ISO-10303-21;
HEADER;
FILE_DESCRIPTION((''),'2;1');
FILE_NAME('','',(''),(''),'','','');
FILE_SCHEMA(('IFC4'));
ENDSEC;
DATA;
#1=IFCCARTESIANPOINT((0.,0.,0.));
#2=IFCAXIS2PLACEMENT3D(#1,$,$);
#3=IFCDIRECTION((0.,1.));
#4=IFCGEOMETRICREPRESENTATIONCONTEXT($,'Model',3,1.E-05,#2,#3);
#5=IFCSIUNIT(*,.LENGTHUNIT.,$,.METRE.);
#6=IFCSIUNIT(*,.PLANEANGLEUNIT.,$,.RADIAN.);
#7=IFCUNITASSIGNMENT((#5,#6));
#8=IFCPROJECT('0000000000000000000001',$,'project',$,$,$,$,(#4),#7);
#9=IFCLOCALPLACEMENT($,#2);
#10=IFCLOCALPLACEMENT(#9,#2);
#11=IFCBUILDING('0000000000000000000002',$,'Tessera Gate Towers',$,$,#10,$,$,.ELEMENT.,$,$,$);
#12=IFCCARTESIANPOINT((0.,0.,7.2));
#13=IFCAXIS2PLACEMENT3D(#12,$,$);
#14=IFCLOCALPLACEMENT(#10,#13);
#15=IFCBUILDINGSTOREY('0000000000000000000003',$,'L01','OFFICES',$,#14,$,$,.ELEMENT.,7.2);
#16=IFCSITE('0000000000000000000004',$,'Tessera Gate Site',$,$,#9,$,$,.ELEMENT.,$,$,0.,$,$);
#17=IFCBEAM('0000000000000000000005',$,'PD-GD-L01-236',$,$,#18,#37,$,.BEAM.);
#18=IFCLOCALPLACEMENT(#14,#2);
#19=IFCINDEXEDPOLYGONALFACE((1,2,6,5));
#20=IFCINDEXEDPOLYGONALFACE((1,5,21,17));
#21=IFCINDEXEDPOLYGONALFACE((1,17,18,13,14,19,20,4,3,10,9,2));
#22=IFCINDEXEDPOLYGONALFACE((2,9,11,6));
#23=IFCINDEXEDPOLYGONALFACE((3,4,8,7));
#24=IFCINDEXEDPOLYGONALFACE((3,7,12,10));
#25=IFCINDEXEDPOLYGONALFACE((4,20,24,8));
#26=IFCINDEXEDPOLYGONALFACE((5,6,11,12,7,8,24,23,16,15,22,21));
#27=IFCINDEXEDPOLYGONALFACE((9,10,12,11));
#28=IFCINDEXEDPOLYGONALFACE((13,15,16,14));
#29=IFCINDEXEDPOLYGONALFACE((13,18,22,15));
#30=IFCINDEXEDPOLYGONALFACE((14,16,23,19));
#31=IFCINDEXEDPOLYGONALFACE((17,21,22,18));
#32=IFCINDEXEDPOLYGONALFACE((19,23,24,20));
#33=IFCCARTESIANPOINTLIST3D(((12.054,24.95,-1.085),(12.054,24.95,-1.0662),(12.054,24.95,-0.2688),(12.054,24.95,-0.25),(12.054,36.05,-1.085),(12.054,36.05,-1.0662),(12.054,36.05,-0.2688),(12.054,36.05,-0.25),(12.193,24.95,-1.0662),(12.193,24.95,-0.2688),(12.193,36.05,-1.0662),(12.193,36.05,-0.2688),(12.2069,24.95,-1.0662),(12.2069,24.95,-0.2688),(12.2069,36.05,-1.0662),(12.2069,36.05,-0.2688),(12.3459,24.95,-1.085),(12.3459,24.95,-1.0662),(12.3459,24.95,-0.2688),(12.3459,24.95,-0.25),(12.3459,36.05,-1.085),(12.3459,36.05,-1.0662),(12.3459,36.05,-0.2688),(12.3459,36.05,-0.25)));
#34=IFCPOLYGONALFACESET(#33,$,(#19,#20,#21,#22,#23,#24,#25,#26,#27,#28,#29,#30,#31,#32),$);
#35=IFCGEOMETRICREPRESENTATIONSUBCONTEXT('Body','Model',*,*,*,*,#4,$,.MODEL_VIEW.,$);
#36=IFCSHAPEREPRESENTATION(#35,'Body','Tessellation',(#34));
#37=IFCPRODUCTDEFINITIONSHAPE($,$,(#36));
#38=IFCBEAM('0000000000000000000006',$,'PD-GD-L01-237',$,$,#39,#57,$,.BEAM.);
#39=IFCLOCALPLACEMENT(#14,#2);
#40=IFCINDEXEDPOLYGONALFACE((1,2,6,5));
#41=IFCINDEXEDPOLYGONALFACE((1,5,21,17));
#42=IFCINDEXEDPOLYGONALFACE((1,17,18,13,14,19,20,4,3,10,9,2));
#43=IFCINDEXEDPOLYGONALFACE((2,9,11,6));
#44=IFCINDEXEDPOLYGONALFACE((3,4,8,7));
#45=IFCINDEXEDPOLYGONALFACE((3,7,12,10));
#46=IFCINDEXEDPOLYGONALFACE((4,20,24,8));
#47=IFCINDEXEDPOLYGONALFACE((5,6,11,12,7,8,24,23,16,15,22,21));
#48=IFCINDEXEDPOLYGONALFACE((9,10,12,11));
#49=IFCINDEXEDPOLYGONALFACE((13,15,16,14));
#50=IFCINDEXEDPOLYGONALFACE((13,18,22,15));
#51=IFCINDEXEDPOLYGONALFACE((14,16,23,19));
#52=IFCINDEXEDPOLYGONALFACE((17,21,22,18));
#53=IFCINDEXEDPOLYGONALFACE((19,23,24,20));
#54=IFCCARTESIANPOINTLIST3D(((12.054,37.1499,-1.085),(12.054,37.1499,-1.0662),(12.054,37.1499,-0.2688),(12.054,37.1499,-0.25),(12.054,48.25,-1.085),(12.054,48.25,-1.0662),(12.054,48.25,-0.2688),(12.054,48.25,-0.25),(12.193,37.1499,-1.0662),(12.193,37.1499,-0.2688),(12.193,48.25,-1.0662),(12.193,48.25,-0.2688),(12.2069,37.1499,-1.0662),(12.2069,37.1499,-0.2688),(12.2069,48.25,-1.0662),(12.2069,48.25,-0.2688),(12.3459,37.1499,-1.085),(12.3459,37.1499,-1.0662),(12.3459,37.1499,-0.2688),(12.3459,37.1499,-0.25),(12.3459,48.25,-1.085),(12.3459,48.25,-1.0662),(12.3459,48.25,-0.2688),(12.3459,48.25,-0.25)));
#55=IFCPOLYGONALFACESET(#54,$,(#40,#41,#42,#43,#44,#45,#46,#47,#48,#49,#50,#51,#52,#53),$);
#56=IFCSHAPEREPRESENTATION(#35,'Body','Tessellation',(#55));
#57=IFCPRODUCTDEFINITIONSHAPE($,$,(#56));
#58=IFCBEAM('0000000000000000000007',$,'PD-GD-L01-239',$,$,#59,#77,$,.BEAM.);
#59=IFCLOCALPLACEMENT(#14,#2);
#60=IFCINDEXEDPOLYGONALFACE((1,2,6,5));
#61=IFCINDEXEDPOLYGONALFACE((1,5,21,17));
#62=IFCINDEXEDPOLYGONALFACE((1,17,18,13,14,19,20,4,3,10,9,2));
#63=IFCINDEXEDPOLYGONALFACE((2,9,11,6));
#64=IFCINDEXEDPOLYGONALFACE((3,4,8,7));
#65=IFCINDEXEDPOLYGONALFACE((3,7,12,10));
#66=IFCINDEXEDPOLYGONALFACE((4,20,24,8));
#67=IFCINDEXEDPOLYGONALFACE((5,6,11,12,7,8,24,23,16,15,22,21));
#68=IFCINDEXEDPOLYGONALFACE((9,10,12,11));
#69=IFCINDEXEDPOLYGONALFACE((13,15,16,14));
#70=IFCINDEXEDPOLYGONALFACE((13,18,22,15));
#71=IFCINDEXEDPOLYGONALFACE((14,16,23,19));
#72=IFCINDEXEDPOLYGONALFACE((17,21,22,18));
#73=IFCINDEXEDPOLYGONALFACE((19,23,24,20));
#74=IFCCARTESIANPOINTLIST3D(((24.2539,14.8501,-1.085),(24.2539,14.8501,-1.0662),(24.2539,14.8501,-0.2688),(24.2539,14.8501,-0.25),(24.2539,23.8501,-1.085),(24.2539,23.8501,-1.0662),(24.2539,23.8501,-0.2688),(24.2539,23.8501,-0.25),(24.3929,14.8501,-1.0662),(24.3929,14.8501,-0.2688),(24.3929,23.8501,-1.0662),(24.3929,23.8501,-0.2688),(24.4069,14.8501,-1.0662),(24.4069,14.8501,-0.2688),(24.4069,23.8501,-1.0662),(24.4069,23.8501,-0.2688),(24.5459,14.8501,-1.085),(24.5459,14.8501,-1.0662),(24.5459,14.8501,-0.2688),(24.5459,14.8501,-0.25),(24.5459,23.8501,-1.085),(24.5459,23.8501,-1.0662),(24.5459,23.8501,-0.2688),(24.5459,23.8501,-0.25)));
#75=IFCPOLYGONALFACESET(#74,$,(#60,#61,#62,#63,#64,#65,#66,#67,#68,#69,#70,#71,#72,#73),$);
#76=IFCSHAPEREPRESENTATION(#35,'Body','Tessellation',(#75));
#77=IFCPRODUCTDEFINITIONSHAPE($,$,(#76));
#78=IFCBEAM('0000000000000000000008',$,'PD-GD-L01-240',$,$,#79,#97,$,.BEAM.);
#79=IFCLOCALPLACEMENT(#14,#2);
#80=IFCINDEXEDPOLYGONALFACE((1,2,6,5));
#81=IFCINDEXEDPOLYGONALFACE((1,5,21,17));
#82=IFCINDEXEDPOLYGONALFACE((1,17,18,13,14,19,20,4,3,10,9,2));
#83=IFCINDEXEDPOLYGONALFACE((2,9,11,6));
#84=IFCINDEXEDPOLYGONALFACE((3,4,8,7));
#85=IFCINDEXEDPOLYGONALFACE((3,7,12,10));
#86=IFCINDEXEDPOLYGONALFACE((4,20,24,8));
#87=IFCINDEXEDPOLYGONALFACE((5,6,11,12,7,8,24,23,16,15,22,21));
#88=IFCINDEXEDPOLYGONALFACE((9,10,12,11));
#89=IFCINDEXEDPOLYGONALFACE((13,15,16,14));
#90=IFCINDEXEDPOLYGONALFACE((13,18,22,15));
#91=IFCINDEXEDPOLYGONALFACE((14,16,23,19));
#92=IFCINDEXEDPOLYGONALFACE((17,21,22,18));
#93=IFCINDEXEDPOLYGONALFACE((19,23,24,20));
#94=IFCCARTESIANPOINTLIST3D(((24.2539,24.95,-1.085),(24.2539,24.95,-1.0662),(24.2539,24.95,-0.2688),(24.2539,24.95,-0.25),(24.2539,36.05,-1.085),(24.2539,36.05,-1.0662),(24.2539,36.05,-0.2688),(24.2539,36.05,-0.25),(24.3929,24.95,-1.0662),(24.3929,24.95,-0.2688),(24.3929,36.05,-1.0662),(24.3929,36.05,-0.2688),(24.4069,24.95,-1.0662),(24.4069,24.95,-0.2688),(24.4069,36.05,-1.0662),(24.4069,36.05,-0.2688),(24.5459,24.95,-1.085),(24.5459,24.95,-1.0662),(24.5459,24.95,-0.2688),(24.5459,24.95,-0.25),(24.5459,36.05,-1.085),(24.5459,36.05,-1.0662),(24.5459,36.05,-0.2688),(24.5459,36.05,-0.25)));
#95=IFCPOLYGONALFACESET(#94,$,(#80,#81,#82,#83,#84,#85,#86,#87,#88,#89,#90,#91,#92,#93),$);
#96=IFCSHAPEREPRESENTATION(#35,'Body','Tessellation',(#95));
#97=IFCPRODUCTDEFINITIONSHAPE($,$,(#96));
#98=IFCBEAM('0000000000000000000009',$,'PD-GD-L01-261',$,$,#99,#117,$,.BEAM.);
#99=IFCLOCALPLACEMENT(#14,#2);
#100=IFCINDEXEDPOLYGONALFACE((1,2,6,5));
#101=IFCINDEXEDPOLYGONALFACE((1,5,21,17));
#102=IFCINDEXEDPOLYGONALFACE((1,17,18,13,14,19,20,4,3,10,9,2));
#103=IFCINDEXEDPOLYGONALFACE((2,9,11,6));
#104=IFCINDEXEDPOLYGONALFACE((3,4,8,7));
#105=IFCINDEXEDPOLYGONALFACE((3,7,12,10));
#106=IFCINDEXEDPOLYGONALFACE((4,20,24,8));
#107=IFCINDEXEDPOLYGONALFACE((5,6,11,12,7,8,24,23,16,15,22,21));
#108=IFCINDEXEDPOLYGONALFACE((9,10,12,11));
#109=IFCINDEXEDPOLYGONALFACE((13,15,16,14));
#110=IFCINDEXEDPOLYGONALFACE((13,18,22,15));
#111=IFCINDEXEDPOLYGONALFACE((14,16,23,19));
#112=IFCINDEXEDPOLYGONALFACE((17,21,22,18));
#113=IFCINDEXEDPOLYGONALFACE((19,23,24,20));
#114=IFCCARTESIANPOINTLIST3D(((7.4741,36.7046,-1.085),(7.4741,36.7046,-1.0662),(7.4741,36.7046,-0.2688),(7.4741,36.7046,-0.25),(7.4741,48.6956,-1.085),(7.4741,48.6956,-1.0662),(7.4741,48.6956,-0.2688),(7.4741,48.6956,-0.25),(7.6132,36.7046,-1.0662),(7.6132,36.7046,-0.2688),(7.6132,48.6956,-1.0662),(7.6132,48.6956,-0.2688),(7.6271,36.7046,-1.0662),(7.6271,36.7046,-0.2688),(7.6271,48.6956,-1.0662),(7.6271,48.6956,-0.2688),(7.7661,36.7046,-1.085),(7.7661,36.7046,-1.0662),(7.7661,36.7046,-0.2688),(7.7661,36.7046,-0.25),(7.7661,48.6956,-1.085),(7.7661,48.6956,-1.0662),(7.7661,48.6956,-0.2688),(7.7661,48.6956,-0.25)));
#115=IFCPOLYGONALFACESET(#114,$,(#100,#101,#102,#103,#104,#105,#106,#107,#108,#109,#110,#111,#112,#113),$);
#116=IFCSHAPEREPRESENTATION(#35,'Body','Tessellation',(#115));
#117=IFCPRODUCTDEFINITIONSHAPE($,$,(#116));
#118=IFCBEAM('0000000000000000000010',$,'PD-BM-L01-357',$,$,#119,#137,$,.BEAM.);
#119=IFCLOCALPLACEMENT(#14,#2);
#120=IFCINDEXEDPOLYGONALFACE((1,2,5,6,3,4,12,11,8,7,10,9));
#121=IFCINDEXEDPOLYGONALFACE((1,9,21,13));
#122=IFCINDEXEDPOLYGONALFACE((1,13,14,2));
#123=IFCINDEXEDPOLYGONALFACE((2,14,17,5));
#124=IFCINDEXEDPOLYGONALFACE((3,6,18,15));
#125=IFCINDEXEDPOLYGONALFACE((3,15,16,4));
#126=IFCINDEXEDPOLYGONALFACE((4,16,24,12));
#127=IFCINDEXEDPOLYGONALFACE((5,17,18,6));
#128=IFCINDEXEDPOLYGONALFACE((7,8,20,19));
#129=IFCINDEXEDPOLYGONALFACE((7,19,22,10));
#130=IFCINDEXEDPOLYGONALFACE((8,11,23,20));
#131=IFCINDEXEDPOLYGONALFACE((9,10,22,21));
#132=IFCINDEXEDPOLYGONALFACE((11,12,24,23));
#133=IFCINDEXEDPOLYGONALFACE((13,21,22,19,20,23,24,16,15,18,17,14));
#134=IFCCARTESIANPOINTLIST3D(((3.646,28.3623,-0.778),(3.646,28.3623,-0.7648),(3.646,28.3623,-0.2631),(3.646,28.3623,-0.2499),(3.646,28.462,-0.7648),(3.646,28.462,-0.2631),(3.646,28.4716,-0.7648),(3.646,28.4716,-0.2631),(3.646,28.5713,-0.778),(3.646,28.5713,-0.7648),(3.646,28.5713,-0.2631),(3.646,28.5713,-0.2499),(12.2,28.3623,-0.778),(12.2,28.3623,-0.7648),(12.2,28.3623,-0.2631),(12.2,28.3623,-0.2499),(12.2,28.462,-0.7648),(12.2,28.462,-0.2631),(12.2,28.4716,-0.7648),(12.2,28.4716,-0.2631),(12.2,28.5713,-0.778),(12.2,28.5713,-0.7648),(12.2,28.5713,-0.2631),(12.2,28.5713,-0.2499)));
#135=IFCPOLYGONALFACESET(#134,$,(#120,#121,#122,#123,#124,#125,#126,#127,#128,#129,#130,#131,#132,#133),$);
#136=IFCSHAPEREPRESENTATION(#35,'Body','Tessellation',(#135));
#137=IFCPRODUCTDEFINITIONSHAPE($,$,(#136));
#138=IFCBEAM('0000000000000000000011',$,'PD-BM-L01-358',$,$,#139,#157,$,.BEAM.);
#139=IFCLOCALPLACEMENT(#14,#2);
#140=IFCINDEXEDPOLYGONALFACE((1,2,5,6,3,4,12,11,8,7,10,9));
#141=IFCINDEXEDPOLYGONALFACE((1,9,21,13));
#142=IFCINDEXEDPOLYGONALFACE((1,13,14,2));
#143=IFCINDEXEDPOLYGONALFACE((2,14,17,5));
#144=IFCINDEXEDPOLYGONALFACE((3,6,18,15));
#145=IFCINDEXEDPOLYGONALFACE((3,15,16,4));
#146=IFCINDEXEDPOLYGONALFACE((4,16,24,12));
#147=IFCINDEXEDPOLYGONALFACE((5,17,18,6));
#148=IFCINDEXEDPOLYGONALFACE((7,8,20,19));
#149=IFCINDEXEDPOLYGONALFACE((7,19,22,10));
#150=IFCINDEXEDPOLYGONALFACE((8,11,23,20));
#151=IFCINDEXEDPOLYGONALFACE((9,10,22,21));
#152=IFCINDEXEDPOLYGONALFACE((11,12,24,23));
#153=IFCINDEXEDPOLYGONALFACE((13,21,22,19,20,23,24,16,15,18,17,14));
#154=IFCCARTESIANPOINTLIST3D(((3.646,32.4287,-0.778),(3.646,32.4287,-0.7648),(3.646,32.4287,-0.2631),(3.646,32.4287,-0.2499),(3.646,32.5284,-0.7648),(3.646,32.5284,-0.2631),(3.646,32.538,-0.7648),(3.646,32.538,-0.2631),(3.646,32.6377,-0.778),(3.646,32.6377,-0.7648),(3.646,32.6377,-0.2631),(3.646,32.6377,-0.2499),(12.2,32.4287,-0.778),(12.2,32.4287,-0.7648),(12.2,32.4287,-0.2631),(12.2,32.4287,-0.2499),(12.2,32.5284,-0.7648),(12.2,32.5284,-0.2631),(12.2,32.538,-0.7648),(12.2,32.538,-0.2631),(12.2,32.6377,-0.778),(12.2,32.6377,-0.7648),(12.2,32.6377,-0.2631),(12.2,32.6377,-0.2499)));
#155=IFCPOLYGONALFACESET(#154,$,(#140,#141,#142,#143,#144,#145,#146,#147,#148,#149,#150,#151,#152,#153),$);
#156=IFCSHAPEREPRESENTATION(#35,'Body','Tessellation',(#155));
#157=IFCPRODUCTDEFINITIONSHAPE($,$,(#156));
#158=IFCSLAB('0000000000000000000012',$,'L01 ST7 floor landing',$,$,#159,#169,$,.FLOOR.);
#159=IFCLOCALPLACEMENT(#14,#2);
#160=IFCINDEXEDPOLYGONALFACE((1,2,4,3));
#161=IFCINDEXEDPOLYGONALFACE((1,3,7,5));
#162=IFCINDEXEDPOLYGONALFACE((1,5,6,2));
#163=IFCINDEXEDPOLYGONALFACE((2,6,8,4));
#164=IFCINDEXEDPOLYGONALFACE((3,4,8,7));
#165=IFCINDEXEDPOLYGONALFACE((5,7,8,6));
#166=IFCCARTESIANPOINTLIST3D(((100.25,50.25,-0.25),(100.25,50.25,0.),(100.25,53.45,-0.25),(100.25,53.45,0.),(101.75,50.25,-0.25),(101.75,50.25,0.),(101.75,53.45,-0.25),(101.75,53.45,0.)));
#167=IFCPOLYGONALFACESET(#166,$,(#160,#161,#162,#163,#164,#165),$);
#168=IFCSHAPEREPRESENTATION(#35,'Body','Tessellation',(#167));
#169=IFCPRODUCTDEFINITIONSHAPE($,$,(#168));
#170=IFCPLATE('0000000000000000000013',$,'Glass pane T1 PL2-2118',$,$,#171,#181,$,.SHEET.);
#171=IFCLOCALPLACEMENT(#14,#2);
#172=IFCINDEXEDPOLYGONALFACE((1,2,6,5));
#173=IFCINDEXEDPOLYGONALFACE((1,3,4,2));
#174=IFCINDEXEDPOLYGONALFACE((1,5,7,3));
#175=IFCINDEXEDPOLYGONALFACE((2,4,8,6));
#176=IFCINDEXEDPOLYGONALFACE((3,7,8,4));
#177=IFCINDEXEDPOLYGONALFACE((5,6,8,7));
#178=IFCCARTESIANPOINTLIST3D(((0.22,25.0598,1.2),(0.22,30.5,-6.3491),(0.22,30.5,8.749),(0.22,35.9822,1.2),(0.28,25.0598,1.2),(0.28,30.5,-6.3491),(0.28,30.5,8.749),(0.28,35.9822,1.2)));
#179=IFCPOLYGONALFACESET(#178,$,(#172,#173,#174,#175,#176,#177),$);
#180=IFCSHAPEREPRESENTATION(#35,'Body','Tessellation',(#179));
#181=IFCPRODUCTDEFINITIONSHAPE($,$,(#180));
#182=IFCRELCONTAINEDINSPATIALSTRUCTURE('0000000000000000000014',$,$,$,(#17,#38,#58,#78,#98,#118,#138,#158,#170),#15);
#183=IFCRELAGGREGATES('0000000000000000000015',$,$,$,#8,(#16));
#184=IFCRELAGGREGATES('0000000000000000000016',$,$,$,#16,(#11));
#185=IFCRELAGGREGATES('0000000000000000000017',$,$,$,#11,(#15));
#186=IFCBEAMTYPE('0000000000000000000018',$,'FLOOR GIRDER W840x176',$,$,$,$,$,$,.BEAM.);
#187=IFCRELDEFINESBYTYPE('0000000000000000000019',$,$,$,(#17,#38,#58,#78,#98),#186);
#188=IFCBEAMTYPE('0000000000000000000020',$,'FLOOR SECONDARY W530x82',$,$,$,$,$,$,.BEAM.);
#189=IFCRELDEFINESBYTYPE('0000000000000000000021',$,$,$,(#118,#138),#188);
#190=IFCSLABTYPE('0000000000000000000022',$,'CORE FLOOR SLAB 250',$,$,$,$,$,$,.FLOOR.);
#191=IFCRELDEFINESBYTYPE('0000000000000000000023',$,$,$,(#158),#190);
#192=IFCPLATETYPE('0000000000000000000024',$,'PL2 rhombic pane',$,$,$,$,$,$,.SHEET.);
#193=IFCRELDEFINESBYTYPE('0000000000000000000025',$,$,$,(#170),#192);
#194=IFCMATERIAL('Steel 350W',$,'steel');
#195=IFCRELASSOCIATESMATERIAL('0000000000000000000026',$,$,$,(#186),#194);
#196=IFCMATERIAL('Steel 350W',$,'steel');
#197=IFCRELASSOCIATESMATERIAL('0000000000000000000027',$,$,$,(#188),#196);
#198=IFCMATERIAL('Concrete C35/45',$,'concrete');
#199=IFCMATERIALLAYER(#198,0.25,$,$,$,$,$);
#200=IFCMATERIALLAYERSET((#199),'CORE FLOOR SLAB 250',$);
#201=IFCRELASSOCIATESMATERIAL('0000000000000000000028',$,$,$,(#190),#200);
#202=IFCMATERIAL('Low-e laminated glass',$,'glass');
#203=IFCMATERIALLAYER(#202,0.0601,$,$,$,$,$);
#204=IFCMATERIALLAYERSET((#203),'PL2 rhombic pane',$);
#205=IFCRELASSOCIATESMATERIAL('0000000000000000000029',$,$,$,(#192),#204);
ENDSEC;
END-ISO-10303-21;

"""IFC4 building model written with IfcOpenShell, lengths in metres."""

from ifc_helpers import new_model, si_unit, direction, frame, origin, origin_2d, place, context, subcontext, project, spatial, polyline, i_section, outline, extrude, source, transform, mapped, material, layer, layer_set, material_profile, profile_set, type_object, element, save


model = new_model("IFC4")

# Units and contexts
model_context = context("Model", 3, precision=1e-05, world=origin(), true_north=direction((0.0, 1.0)))
body_context = subcontext(model_context, "Body", "Model", "MODEL_VIEW")
ifc_project = project(units=[si_unit("LENGTHUNIT", "METRE"), si_unit("PLANEANGLEUNIT", "RADIAN")], contexts=[model_context])

# Site, building, storey
site_placement = place(None, origin())
site = spatial("IfcSite", under=ifc_project, at=site_placement, Name="Tessera Gate Site", CompositionType="ELEMENT", RefElevation=0.0)
building_placement = place(site_placement, origin())
building = spatial("IfcBuilding", under=site, at=building_placement, Name="Tessera Gate Towers", CompositionType="ELEMENT")
storey_placement = place(building_placement, frame((0.0, 0.0, 7.2)))
storey = spatial("IfcBuildingStorey", under=building, at=storey_placement, Name="L01", Description="OFFICES", CompositionType="ELEMENT", Elevation=7.2)

# Beams
ifc_material_1 = material(Name="Steel 350W", Category="steel")
ifc_material_profile_1 = material_profile(ifc_material_1, i_section(OverallWidth=0.292, OverallDepth=0.835, WebThickness=0.0139, FlangeThickness=0.0188, at=origin_2d()), Name="W840x176")
ifc_profile_set_1 = profile_set([ifc_material_profile_1], Name="Steel 350W")
beam_type_1 = type_object("IfcBeamType", Name="FLOOR GIRDER W840x176", PredefinedType="BEAM", material=ifc_profile_set_1)
for number, where, z_axis, x_axis, name in (
    (1, (12.2, 24.95, -0.6675), (0.0, 1.0, 0.0), (-1.0, 0.0, 0.0), "PD-GD-L01-236"),
    (2, (12.2, 37.1499, -0.6675), (0.0, 1.0, 0.0), (-1.0, 0.0, 0.0), "PD-GD-L01-237"),
):
    element("IfcBeam", number, at=place(storey_placement, frame(where, z_axis=z_axis, x_axis=x_axis)), inside=storey, type_object=beam_type_1, Name=name, PredefinedType="BEAM", context=body_context, shape_type="SweptSolid", body=[
        extrude(i_section(OverallWidth=0.292, OverallDepth=0.835, WebThickness=0.0139, FlangeThickness=0.0188, at=origin_2d()), origin(), (0.0, 0.0, 1.0), 11.1001),
    ])
beam_1_placement = place(storey_placement, frame((24.3999, 14.8501, -0.6675), z_axis=(0.0, 1.0, 0.0), x_axis=(-1.0, 0.0, 0.0)))
element("IfcBeam", 3, at=beam_1_placement, inside=storey, type_object=beam_type_1, Name="PD-GD-L01-239", PredefinedType="BEAM", context=body_context, shape_type="SweptSolid", body=[
    extrude(i_section(OverallWidth=0.292, OverallDepth=0.835, WebThickness=0.0139, FlangeThickness=0.0188, at=origin_2d()), origin(), (0.0, 0.0, 1.0), 9.0),
])
beam_2_placement = place(storey_placement, frame((24.3999, 24.95, -0.6675), z_axis=(0.0, 1.0, 0.0), x_axis=(-1.0, 0.0, 0.0)))
element("IfcBeam", 4, at=beam_2_placement, inside=storey, type_object=beam_type_1, Name="PD-GD-L01-240", PredefinedType="BEAM", context=body_context, shape_type="SweptSolid", body=[
    extrude(i_section(OverallWidth=0.292, OverallDepth=0.835, WebThickness=0.0139, FlangeThickness=0.0188, at=origin_2d()), origin(), (0.0, 0.0, 1.0), 11.1001),
])
beam_3_placement = place(storey_placement, frame((7.6201, 36.7046, -0.6675), z_axis=(0.0, 1.0, 0.0), x_axis=(-1.0, 0.0, 0.0)))
element("IfcBeam", 5, at=beam_3_placement, inside=storey, type_object=beam_type_1, Name="PD-GD-L01-261", PredefinedType="BEAM", context=body_context, shape_type="SweptSolid", body=[
    extrude(i_section(OverallWidth=0.292, OverallDepth=0.835, WebThickness=0.0139, FlangeThickness=0.0188, at=origin_2d()), origin(), (0.0, 0.0, 1.0), 11.991),
])
ifc_material_2 = material(Name="Steel 350W", Category="steel")
ifc_material_profile_2 = material_profile(ifc_material_2, i_section(OverallWidth=0.209, OverallDepth=0.5281, WebThickness=0.0095, FlangeThickness=0.0132, at=origin_2d()), Name="W530x82")
ifc_profile_set_2 = profile_set([ifc_material_profile_2], Name="Steel 350W")
beam_type_2 = type_object("IfcBeamType", Name="FLOOR SECONDARY W530x82", PredefinedType="BEAM", material=ifc_profile_set_2)
for number, where, z_axis, x_axis, name in (
    (6, (3.646, 28.4668, -0.5139), (1.0, 0.0, 0.0), (0.0, 1.0, 0.0), "PD-BM-L01-357"),
    (7, (3.646, 32.5332, -0.5139), (1.0, 0.0, 0.0), (0.0, 1.0, 0.0), "PD-BM-L01-358"),
):
    element("IfcBeam", number, at=place(storey_placement, frame(where, z_axis=z_axis, x_axis=x_axis)), inside=storey, type_object=beam_type_2, Name=name, PredefinedType="BEAM", context=body_context, shape_type="SweptSolid", body=[
        extrude(i_section(OverallWidth=0.209, OverallDepth=0.5281, WebThickness=0.0095, FlangeThickness=0.0132, at=origin_2d()), origin(), (0.0, 0.0, 1.0), 8.554),
    ])

# Slab
ifc_material_3 = material(Name="Concrete C35/45", Category="concrete")
ifc_layer_1 = layer(ifc_material_3, 0.25)
ifc_layer_set_1 = layer_set([ifc_layer_1], Name="CORE FLOOR SLAB 250")
slab_type = type_object("IfcSlabType", Name="CORE FLOOR SLAB 250", PredefinedType="FLOOR", material=ifc_layer_set_1)
slab_placement = place(storey_placement, frame((0.0, 0.0, -0.25)))
element("IfcSlab", 8, at=slab_placement, inside=storey, type_object=slab_type, Name="L01 ST7 floor landing", PredefinedType="FLOOR", context=body_context, shape_type="SweptSolid", body=[
    extrude(outline(polyline([(100.25, 50.25), (101.75, 50.25), (101.75, 53.45), (100.25, 53.45), (100.25, 50.25)])), origin(), (0.0, 0.0, 1.0), 0.25),
])

# Plate
ifc_material_4 = material(Name="Low-e laminated glass", Category="glass")
ifc_layer_2 = layer(ifc_material_4, 0.0601)
ifc_layer_set_2 = layer_set([ifc_layer_2], Name="PL2 rhombic pane")
plate_type = type_object("IfcPlateType", Name="PL2 rhombic pane", PredefinedType="SHEET", material=ifc_layer_set_2)
shared_shape = source(origin(), body_context, "Body", "SweptSolid", [
    extrude(outline(polyline([(5.4822, 0.0), (10.9224, 7.5491), (5.4822, 15.0981), (0.0, 7.5491), (5.4822, 0.0)])), frame((0.0, 0.03, 0.0), z_axis=(0.0, -1.0, 0.0), x_axis=(1.0, 0.0, 0.0)), (0.0, 0.0, 1.0), 0.0601),
])
plate_placement = place(storey_placement, frame((0.25, 35.9822, -6.3491), z_axis=(0.0, 0.0, 1.0), x_axis=(0.0, -1.0, 0.0)))
element("IfcPlate", 9, at=plate_placement, inside=storey, type_object=plate_type, Name="Glass pane T1 PL2-2118", PredefinedType="SHEET", context=body_context, shape_type="MappedRepresentation", body=[
    mapped(shared_shape, transform((0.0, 0.0, 0.0), scale=1.0)),
])

save(model, "model.ifc")
